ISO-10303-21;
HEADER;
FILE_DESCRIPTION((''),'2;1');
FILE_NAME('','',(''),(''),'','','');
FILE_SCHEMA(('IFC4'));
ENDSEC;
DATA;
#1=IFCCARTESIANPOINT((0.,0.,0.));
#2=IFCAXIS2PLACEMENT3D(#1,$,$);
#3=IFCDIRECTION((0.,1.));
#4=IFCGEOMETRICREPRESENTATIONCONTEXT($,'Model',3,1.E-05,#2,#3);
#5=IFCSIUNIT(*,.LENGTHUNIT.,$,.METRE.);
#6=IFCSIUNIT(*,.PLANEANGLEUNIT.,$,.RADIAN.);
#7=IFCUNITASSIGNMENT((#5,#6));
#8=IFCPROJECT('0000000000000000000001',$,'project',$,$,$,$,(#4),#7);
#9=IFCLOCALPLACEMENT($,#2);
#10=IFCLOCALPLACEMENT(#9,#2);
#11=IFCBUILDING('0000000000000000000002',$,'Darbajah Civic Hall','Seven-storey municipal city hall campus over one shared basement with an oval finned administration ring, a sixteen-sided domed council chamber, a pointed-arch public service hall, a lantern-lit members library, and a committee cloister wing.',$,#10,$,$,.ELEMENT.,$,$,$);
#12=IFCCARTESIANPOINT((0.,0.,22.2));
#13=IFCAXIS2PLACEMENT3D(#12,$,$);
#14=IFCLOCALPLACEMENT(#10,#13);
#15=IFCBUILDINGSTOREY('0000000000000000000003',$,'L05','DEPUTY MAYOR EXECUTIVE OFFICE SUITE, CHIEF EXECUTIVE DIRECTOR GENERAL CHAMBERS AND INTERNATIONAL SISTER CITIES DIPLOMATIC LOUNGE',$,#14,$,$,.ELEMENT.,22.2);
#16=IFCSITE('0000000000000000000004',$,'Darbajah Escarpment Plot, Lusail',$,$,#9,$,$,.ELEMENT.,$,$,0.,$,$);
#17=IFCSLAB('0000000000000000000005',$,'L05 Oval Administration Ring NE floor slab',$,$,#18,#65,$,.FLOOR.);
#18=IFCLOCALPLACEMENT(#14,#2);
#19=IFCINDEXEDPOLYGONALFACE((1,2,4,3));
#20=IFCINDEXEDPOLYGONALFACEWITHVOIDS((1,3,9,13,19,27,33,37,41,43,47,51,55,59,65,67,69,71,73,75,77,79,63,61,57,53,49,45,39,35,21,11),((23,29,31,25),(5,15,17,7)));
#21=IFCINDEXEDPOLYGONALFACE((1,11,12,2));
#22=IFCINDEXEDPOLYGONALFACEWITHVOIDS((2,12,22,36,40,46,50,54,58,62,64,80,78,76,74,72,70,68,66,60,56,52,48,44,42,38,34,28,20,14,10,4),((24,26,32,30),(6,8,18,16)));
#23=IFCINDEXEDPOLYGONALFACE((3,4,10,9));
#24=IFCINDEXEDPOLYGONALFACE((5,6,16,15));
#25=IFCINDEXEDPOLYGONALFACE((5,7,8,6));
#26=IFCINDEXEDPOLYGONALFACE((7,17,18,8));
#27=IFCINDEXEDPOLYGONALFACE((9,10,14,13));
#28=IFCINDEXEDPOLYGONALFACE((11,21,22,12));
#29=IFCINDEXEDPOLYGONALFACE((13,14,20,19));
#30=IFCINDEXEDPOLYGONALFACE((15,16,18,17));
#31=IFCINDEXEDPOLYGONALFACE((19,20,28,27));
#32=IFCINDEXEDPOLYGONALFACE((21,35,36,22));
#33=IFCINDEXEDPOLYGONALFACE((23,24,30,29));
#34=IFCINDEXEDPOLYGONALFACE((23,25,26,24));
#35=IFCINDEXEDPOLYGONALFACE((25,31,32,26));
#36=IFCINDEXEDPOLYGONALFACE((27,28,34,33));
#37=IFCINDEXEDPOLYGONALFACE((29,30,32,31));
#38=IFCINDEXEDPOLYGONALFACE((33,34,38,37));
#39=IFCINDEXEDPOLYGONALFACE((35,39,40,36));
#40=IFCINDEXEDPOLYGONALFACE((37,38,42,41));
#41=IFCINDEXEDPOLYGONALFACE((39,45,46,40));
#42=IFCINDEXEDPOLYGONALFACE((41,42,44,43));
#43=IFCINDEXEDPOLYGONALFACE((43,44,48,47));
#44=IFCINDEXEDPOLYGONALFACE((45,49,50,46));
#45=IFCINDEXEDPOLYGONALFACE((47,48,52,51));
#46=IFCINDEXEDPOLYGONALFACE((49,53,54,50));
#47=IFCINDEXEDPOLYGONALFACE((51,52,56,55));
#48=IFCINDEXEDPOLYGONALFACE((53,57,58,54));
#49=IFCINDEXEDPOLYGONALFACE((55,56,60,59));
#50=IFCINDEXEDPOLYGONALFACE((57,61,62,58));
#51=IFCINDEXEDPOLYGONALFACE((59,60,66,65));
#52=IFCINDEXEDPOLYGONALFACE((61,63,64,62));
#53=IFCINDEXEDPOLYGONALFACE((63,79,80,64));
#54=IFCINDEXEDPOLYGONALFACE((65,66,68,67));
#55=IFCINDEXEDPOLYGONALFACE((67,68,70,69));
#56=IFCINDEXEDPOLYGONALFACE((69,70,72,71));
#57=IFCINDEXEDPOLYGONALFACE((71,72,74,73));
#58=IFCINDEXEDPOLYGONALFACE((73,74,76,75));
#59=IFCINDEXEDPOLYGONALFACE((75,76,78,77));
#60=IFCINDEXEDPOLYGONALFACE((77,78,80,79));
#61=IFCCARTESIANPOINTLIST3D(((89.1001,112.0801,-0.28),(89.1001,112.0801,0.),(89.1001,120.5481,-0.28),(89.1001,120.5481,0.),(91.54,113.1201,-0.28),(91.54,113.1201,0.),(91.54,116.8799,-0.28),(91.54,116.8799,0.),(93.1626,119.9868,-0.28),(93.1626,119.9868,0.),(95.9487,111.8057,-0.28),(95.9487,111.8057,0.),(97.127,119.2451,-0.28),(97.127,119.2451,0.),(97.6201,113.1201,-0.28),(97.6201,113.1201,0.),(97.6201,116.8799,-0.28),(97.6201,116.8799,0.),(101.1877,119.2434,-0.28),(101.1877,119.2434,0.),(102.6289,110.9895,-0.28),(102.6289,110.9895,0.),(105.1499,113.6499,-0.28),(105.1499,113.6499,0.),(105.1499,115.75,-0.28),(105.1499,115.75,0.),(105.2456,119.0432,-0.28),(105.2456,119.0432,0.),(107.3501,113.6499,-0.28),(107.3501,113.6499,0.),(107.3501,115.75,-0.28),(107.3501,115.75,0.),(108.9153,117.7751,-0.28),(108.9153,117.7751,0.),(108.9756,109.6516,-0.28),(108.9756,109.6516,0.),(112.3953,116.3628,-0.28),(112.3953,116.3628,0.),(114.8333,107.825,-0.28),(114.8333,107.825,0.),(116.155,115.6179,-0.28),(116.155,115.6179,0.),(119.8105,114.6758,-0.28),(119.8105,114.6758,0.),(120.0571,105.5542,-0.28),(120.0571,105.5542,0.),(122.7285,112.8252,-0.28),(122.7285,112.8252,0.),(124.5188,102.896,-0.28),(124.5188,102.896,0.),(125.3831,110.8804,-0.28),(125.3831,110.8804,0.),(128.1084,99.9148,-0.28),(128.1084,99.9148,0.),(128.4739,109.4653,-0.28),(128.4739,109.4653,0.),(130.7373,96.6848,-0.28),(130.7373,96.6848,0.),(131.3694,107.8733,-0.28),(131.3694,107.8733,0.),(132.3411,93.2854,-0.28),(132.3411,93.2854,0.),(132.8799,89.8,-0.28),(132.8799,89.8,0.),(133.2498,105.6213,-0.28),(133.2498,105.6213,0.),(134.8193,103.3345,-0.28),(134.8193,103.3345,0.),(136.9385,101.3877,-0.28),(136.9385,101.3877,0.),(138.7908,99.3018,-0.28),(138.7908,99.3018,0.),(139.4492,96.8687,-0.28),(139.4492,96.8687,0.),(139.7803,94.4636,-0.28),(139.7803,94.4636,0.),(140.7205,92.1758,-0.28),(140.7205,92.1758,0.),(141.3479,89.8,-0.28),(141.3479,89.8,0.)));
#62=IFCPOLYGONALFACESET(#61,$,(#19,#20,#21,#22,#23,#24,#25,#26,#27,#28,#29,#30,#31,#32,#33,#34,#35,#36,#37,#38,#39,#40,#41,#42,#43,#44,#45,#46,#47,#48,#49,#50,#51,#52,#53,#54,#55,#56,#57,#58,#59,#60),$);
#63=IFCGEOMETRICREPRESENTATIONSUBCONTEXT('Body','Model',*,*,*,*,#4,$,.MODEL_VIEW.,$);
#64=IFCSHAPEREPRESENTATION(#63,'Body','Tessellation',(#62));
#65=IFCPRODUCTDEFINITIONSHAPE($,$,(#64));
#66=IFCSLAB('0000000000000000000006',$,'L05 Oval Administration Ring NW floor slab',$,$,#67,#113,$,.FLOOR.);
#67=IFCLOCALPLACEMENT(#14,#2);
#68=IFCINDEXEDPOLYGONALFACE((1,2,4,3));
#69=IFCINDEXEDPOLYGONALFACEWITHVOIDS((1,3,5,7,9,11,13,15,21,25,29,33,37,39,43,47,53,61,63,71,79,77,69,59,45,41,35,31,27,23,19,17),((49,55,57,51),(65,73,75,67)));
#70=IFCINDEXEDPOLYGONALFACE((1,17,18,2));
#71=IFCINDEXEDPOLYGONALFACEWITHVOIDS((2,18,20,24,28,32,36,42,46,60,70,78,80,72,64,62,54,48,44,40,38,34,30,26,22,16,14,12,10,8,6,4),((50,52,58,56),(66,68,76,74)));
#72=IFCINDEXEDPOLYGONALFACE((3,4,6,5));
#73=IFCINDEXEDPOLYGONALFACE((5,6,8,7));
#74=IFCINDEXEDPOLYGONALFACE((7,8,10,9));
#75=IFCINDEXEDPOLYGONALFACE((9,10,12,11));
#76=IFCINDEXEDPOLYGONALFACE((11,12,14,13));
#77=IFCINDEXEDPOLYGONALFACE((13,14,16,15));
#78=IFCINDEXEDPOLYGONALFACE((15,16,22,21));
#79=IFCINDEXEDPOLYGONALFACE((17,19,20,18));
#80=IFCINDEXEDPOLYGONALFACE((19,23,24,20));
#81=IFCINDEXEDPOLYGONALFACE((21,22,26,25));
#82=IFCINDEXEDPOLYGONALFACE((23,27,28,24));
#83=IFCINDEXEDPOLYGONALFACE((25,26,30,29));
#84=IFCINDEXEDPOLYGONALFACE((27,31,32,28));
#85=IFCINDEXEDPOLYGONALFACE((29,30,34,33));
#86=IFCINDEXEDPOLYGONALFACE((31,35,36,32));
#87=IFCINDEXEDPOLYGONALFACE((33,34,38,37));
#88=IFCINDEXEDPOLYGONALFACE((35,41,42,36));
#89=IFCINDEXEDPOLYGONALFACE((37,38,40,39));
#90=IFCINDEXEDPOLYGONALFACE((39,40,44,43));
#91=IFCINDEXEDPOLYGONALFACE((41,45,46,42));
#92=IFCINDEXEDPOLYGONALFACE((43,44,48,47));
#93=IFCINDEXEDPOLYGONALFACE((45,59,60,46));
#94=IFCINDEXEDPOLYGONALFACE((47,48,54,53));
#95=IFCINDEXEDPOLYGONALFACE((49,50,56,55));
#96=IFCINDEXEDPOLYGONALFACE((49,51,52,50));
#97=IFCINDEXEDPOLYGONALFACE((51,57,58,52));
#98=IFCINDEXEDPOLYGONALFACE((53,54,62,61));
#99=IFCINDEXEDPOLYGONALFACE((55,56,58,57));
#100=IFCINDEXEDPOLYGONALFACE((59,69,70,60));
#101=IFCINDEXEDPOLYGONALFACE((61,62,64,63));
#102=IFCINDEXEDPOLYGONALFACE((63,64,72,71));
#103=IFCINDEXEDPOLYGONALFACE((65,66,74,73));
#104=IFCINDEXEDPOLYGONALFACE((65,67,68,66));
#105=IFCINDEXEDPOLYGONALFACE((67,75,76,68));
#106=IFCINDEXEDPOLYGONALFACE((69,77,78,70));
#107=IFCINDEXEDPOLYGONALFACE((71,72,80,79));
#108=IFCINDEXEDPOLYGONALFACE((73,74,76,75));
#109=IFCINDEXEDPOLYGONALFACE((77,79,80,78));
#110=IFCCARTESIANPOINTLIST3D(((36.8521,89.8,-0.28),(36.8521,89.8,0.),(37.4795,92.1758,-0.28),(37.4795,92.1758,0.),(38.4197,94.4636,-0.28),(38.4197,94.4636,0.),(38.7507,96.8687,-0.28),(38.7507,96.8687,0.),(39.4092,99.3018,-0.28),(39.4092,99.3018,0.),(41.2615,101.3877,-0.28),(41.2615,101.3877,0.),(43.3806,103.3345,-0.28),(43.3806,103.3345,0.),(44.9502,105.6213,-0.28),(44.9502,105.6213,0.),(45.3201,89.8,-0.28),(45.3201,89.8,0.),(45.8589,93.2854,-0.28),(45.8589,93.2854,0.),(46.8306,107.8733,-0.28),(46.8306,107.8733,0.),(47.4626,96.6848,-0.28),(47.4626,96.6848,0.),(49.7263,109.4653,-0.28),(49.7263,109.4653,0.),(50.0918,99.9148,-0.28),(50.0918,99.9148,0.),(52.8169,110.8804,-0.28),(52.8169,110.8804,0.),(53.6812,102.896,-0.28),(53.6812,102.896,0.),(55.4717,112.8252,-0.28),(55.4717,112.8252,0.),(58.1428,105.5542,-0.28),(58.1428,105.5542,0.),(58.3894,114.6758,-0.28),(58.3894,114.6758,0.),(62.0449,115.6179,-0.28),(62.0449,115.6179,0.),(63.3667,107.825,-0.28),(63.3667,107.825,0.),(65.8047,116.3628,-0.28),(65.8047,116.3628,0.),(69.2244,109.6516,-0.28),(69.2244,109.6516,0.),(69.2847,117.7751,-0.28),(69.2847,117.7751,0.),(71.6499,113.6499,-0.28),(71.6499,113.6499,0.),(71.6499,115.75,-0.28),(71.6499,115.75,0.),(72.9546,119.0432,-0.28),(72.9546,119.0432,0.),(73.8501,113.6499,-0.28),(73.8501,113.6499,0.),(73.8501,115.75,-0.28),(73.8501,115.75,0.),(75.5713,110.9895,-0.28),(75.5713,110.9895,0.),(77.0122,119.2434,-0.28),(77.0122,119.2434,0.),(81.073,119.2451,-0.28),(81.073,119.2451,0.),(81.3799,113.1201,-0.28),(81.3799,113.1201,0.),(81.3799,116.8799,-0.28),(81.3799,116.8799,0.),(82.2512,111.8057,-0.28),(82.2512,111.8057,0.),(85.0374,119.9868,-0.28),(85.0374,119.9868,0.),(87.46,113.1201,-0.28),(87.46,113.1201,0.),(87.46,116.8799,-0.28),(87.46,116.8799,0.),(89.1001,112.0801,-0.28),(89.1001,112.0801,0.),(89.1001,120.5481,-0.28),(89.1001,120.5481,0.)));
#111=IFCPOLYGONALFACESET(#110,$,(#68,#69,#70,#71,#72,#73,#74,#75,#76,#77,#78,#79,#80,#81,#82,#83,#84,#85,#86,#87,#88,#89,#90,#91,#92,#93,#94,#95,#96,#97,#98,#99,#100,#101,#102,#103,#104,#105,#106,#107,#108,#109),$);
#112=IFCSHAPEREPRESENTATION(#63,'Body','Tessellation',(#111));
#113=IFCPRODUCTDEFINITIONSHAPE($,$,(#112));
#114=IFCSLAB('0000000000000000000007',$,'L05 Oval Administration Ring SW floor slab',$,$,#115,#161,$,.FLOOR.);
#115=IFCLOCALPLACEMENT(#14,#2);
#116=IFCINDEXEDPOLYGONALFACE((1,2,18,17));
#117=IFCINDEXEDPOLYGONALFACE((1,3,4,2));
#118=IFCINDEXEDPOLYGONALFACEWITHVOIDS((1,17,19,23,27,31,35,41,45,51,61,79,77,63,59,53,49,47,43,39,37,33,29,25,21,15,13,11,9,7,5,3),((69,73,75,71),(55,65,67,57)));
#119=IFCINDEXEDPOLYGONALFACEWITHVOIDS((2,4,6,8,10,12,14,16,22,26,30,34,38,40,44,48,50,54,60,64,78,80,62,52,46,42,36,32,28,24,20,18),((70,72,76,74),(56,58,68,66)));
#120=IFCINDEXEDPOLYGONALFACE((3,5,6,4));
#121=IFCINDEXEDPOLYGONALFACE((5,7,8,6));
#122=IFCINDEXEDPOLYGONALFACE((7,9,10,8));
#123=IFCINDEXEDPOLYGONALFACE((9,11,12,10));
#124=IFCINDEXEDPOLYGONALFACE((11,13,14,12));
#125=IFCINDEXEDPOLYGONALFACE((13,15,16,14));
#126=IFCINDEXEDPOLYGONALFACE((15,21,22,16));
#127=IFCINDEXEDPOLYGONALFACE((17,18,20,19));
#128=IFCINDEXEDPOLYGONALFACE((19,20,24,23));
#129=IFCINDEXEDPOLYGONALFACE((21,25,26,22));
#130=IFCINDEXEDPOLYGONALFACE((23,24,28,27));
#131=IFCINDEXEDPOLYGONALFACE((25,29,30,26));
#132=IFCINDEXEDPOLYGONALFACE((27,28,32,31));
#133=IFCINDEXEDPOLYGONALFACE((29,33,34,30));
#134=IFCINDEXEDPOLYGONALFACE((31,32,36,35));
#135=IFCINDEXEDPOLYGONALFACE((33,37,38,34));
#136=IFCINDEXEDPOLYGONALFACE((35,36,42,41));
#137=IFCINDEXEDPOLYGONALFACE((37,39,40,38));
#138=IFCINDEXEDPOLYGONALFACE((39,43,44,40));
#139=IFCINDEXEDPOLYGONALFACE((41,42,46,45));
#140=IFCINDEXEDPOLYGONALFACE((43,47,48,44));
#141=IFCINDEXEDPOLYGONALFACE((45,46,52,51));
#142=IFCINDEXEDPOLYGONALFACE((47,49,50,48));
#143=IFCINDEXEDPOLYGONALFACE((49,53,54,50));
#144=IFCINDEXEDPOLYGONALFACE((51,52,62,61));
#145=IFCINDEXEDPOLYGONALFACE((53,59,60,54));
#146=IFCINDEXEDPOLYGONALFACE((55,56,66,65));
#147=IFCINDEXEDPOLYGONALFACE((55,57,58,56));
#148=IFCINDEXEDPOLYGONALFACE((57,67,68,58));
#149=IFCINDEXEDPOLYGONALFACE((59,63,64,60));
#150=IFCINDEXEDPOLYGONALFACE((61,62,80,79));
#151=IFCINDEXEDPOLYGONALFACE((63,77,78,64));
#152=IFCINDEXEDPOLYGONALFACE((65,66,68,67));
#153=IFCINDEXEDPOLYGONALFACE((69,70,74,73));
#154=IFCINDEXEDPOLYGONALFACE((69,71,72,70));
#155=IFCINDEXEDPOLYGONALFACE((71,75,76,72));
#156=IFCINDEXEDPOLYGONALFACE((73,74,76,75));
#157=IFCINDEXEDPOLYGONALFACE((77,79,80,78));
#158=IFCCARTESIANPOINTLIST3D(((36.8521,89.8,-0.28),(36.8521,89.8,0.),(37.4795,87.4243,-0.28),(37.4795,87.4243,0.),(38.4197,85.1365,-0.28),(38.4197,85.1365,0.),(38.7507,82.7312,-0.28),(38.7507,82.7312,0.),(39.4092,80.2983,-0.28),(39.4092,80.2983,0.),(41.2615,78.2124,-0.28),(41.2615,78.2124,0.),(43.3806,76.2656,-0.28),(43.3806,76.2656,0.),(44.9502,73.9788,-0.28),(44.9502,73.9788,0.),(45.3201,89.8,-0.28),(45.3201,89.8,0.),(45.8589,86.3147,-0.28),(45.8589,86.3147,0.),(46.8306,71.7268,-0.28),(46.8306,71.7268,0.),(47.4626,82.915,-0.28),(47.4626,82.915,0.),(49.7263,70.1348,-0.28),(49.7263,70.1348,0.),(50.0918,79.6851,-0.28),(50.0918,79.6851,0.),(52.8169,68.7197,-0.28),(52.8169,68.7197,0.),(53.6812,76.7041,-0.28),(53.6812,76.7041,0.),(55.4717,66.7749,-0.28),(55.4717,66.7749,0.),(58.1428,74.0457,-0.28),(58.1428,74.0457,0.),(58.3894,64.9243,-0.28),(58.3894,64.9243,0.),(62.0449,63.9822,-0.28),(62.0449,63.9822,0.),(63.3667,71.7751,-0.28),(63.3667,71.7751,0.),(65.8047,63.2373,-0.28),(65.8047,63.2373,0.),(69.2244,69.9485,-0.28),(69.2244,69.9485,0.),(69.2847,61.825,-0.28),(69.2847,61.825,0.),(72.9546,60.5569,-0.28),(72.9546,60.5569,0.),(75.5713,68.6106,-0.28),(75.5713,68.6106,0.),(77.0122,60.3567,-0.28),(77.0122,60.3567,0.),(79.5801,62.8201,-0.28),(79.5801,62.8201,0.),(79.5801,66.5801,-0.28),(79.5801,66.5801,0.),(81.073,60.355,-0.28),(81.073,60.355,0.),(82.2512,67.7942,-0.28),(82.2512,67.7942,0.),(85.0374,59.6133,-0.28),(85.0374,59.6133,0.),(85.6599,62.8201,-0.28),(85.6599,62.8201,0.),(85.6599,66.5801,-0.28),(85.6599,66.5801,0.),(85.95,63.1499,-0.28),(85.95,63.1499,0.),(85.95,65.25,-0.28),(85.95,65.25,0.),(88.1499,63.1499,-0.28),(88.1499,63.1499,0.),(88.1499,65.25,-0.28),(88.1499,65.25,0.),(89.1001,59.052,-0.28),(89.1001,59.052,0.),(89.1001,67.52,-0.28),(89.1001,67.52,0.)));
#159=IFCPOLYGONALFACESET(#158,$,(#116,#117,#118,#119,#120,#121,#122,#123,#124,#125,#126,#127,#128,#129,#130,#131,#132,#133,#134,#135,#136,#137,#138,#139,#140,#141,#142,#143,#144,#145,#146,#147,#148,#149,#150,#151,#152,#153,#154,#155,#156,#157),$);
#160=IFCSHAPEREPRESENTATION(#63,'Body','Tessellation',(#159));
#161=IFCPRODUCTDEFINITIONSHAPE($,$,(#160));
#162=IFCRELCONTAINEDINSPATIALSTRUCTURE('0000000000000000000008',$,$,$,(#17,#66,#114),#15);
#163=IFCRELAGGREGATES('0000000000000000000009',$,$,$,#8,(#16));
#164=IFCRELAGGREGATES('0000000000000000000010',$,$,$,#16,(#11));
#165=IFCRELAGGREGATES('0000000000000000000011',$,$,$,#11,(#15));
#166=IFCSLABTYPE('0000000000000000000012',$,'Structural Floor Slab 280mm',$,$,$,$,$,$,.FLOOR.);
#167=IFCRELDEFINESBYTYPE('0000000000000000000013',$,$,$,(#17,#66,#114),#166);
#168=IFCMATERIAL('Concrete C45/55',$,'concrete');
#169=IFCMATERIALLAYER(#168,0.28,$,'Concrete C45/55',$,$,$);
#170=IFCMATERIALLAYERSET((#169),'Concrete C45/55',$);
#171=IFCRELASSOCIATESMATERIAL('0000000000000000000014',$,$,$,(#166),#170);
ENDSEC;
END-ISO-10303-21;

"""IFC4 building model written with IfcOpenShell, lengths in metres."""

from ifc_helpers import new_model, si_unit, direction, frame, origin, place, context, subcontext, project, spatial, polyline, outline, extrude, material, layer, layer_set, type_object, element, save


model = new_model("IFC4")

# Units and contexts
model_context = context("Model", 3, precision=1e-05, world=origin(), true_north=direction((0.0, 1.0)))
body_context = subcontext(model_context, "Body", "Model", "MODEL_VIEW")
ifc_project = project(units=[si_unit("LENGTHUNIT", "METRE"), si_unit("PLANEANGLEUNIT", "RADIAN")], contexts=[model_context])

# Site, building, storey
site_placement = place(None, origin())
site = spatial("IfcSite", under=ifc_project, at=site_placement, Name="Darbajah Escarpment Plot, Lusail", CompositionType="ELEMENT", RefElevation=0.0)
building_placement = place(site_placement, origin())
building = spatial("IfcBuilding", under=site, at=building_placement, Name="Darbajah Civic Hall", Description="Seven-storey municipal city hall campus over one shared basement with an oval finned administration ring, a sixteen-sided domed council chamber, a pointed-arch public service hall, a lantern-lit members library, and a committee cloister wing.", CompositionType="ELEMENT")
storey_placement = place(building_placement, frame((0.0, 0.0, 22.2)))
storey = spatial("IfcBuildingStorey", under=building, at=storey_placement, Name="L05", Description="DEPUTY MAYOR EXECUTIVE OFFICE SUITE, CHIEF EXECUTIVE DIRECTOR GENERAL CHAMBERS AND INTERNATIONAL SISTER CITIES DIPLOMATIC LOUNGE", CompositionType="ELEMENT", Elevation=22.2)

# Shared definitions
ifc_material_1 = material(Name="Concrete C45/55", Category="concrete")

# Slabs
ifc_layer_1 = layer(ifc_material_1, 0.28, Name="Concrete C45/55")
ifc_layer_set_1 = layer_set([ifc_layer_1], Name="Concrete C45/55")
slab_type_1 = type_object("IfcSlabType", Name="Structural Floor Slab 280mm", PredefinedType="FLOOR", material=ifc_layer_set_1)
slab_1_placement = place(storey_placement, frame((0.0, 0.0, -0.28)))
element("IfcSlab", 1, at=slab_1_placement, inside=storey, type_object=slab_type_1, Name="L05 Oval Administration Ring NE floor slab", PredefinedType="FLOOR", context=body_context, shape_type="SweptSolid", body=[
    extrude(outline(polyline([(141.3479, 89.8), (140.7205, 92.1758), (139.7803, 94.4636), (139.4492, 96.8687), (138.7908, 99.3018), (136.9385, 101.3877), (134.8193, 103.3345), (133.2498, 105.6213), (131.3694, 107.8733), (128.4739, 109.4653), (125.3831, 110.8804), (122.7285, 112.8252), (119.8105, 114.6758), (116.155, 115.6179), (112.3953, 116.3628), (108.9153, 117.7751), (105.2456, 119.0432), (101.1877, 119.2434), (97.127, 119.2451), (93.1626, 119.9868), (89.1001, 120.5481), (89.1001, 112.0801), (95.9487, 111.8057), (102.6289, 110.9895), (108.9756, 109.6516), (114.8333, 107.825), (120.0571, 105.5542), (124.5188, 102.896), (128.1084, 99.9148), (130.7373, 96.6848), (132.3411, 93.2854), (132.8799, 89.8), (141.3479, 89.8)]), holes=[polyline([(91.54, 116.8799), (97.6201, 116.8799), (97.6201, 113.1201), (91.54, 113.1201), (91.54, 116.8799)]), polyline([(105.1499, 115.75), (107.3501, 115.75), (107.3501, 113.6499), (105.1499, 113.6499), (105.1499, 115.75)])]), origin(), (0.0, 0.0, 1.0), 0.28),
])
slab_2_placement = place(storey_placement, frame((0.0, 0.0, -0.28)))
element("IfcSlab", 2, at=slab_2_placement, inside=storey, type_object=slab_type_1, Name="L05 Oval Administration Ring NW floor slab", PredefinedType="FLOOR", context=body_context, shape_type="SweptSolid", body=[
    extrude(outline(polyline([(89.1001, 120.5481), (85.0374, 119.9868), (81.073, 119.2451), (77.0122, 119.2434), (72.9546, 119.0432), (69.2847, 117.7751), (65.8047, 116.3628), (62.0449, 115.6179), (58.3894, 114.6758), (55.4717, 112.8252), (52.8169, 110.8804), (49.7263, 109.4653), (46.8306, 107.8733), (44.9502, 105.6213), (43.3806, 103.3345), (41.2615, 101.3877), (39.4092, 99.3018), (38.7507, 96.8687), (38.4197, 94.4636), (37.4795, 92.1758), (36.8521, 89.8), (45.3201, 89.8), (45.8589, 93.2854), (47.4626, 96.6848), (50.0918, 99.9148), (53.6812, 102.896), (58.1428, 105.5542), (63.3667, 107.825), (69.2244, 109.6516), (75.5713, 110.9895), (82.2512, 111.8057), (89.1001, 112.0801), (89.1001, 120.5481)]), holes=[polyline([(81.3799, 116.8799), (87.46, 116.8799), (87.46, 113.1201), (81.3799, 113.1201), (81.3799, 116.8799)]), polyline([(71.6499, 115.75), (73.8501, 115.75), (73.8501, 113.6499), (71.6499, 113.6499), (71.6499, 115.75)])]), origin(), (0.0, 0.0, 1.0), 0.28),
])
slab_3_placement = place(storey_placement, frame((0.0, 0.0, -0.28)))
element("IfcSlab", 3, at=slab_3_placement, inside=storey, type_object=slab_type_1, Name="L05 Oval Administration Ring SW floor slab", PredefinedType="FLOOR", context=body_context, shape_type="SweptSolid", body=[
    extrude(outline(polyline([(36.8521, 89.8), (37.4795, 87.4243), (38.4197, 85.1365), (38.7507, 82.7312), (39.4092, 80.2983), (41.2615, 78.2124), (43.3806, 76.2656), (44.9502, 73.9788), (46.8306, 71.7268), (49.7263, 70.1348), (52.8169, 68.7197), (55.4717, 66.7749), (58.3894, 64.9243), (62.0449, 63.9822), (65.8047, 63.2373), (69.2847, 61.825), (72.9546, 60.5569), (77.0122, 60.3567), (81.073, 60.355), (85.0374, 59.6133), (89.1001, 59.052), (89.1001, 67.52), (82.2512, 67.7942), (75.5713, 68.6106), (69.2244, 69.9485), (63.3667, 71.7751), (58.1428, 74.0457), (53.6812, 76.7041), (50.0918, 79.6851), (47.4626, 82.915), (45.8589, 86.3147), (45.3201, 89.8), (36.8521, 89.8)]), holes=[polyline([(79.5801, 66.5801), (85.6599, 66.5801), (85.6599, 62.8201), (79.5801, 62.8201), (79.5801, 66.5801)]), polyline([(85.95, 65.25), (88.1499, 65.25), (88.1499, 63.1499), (85.95, 63.1499), (85.95, 65.25)])]), origin(), (0.0, 0.0, 1.0), 0.28),
])

save(model, "model.ifc")
